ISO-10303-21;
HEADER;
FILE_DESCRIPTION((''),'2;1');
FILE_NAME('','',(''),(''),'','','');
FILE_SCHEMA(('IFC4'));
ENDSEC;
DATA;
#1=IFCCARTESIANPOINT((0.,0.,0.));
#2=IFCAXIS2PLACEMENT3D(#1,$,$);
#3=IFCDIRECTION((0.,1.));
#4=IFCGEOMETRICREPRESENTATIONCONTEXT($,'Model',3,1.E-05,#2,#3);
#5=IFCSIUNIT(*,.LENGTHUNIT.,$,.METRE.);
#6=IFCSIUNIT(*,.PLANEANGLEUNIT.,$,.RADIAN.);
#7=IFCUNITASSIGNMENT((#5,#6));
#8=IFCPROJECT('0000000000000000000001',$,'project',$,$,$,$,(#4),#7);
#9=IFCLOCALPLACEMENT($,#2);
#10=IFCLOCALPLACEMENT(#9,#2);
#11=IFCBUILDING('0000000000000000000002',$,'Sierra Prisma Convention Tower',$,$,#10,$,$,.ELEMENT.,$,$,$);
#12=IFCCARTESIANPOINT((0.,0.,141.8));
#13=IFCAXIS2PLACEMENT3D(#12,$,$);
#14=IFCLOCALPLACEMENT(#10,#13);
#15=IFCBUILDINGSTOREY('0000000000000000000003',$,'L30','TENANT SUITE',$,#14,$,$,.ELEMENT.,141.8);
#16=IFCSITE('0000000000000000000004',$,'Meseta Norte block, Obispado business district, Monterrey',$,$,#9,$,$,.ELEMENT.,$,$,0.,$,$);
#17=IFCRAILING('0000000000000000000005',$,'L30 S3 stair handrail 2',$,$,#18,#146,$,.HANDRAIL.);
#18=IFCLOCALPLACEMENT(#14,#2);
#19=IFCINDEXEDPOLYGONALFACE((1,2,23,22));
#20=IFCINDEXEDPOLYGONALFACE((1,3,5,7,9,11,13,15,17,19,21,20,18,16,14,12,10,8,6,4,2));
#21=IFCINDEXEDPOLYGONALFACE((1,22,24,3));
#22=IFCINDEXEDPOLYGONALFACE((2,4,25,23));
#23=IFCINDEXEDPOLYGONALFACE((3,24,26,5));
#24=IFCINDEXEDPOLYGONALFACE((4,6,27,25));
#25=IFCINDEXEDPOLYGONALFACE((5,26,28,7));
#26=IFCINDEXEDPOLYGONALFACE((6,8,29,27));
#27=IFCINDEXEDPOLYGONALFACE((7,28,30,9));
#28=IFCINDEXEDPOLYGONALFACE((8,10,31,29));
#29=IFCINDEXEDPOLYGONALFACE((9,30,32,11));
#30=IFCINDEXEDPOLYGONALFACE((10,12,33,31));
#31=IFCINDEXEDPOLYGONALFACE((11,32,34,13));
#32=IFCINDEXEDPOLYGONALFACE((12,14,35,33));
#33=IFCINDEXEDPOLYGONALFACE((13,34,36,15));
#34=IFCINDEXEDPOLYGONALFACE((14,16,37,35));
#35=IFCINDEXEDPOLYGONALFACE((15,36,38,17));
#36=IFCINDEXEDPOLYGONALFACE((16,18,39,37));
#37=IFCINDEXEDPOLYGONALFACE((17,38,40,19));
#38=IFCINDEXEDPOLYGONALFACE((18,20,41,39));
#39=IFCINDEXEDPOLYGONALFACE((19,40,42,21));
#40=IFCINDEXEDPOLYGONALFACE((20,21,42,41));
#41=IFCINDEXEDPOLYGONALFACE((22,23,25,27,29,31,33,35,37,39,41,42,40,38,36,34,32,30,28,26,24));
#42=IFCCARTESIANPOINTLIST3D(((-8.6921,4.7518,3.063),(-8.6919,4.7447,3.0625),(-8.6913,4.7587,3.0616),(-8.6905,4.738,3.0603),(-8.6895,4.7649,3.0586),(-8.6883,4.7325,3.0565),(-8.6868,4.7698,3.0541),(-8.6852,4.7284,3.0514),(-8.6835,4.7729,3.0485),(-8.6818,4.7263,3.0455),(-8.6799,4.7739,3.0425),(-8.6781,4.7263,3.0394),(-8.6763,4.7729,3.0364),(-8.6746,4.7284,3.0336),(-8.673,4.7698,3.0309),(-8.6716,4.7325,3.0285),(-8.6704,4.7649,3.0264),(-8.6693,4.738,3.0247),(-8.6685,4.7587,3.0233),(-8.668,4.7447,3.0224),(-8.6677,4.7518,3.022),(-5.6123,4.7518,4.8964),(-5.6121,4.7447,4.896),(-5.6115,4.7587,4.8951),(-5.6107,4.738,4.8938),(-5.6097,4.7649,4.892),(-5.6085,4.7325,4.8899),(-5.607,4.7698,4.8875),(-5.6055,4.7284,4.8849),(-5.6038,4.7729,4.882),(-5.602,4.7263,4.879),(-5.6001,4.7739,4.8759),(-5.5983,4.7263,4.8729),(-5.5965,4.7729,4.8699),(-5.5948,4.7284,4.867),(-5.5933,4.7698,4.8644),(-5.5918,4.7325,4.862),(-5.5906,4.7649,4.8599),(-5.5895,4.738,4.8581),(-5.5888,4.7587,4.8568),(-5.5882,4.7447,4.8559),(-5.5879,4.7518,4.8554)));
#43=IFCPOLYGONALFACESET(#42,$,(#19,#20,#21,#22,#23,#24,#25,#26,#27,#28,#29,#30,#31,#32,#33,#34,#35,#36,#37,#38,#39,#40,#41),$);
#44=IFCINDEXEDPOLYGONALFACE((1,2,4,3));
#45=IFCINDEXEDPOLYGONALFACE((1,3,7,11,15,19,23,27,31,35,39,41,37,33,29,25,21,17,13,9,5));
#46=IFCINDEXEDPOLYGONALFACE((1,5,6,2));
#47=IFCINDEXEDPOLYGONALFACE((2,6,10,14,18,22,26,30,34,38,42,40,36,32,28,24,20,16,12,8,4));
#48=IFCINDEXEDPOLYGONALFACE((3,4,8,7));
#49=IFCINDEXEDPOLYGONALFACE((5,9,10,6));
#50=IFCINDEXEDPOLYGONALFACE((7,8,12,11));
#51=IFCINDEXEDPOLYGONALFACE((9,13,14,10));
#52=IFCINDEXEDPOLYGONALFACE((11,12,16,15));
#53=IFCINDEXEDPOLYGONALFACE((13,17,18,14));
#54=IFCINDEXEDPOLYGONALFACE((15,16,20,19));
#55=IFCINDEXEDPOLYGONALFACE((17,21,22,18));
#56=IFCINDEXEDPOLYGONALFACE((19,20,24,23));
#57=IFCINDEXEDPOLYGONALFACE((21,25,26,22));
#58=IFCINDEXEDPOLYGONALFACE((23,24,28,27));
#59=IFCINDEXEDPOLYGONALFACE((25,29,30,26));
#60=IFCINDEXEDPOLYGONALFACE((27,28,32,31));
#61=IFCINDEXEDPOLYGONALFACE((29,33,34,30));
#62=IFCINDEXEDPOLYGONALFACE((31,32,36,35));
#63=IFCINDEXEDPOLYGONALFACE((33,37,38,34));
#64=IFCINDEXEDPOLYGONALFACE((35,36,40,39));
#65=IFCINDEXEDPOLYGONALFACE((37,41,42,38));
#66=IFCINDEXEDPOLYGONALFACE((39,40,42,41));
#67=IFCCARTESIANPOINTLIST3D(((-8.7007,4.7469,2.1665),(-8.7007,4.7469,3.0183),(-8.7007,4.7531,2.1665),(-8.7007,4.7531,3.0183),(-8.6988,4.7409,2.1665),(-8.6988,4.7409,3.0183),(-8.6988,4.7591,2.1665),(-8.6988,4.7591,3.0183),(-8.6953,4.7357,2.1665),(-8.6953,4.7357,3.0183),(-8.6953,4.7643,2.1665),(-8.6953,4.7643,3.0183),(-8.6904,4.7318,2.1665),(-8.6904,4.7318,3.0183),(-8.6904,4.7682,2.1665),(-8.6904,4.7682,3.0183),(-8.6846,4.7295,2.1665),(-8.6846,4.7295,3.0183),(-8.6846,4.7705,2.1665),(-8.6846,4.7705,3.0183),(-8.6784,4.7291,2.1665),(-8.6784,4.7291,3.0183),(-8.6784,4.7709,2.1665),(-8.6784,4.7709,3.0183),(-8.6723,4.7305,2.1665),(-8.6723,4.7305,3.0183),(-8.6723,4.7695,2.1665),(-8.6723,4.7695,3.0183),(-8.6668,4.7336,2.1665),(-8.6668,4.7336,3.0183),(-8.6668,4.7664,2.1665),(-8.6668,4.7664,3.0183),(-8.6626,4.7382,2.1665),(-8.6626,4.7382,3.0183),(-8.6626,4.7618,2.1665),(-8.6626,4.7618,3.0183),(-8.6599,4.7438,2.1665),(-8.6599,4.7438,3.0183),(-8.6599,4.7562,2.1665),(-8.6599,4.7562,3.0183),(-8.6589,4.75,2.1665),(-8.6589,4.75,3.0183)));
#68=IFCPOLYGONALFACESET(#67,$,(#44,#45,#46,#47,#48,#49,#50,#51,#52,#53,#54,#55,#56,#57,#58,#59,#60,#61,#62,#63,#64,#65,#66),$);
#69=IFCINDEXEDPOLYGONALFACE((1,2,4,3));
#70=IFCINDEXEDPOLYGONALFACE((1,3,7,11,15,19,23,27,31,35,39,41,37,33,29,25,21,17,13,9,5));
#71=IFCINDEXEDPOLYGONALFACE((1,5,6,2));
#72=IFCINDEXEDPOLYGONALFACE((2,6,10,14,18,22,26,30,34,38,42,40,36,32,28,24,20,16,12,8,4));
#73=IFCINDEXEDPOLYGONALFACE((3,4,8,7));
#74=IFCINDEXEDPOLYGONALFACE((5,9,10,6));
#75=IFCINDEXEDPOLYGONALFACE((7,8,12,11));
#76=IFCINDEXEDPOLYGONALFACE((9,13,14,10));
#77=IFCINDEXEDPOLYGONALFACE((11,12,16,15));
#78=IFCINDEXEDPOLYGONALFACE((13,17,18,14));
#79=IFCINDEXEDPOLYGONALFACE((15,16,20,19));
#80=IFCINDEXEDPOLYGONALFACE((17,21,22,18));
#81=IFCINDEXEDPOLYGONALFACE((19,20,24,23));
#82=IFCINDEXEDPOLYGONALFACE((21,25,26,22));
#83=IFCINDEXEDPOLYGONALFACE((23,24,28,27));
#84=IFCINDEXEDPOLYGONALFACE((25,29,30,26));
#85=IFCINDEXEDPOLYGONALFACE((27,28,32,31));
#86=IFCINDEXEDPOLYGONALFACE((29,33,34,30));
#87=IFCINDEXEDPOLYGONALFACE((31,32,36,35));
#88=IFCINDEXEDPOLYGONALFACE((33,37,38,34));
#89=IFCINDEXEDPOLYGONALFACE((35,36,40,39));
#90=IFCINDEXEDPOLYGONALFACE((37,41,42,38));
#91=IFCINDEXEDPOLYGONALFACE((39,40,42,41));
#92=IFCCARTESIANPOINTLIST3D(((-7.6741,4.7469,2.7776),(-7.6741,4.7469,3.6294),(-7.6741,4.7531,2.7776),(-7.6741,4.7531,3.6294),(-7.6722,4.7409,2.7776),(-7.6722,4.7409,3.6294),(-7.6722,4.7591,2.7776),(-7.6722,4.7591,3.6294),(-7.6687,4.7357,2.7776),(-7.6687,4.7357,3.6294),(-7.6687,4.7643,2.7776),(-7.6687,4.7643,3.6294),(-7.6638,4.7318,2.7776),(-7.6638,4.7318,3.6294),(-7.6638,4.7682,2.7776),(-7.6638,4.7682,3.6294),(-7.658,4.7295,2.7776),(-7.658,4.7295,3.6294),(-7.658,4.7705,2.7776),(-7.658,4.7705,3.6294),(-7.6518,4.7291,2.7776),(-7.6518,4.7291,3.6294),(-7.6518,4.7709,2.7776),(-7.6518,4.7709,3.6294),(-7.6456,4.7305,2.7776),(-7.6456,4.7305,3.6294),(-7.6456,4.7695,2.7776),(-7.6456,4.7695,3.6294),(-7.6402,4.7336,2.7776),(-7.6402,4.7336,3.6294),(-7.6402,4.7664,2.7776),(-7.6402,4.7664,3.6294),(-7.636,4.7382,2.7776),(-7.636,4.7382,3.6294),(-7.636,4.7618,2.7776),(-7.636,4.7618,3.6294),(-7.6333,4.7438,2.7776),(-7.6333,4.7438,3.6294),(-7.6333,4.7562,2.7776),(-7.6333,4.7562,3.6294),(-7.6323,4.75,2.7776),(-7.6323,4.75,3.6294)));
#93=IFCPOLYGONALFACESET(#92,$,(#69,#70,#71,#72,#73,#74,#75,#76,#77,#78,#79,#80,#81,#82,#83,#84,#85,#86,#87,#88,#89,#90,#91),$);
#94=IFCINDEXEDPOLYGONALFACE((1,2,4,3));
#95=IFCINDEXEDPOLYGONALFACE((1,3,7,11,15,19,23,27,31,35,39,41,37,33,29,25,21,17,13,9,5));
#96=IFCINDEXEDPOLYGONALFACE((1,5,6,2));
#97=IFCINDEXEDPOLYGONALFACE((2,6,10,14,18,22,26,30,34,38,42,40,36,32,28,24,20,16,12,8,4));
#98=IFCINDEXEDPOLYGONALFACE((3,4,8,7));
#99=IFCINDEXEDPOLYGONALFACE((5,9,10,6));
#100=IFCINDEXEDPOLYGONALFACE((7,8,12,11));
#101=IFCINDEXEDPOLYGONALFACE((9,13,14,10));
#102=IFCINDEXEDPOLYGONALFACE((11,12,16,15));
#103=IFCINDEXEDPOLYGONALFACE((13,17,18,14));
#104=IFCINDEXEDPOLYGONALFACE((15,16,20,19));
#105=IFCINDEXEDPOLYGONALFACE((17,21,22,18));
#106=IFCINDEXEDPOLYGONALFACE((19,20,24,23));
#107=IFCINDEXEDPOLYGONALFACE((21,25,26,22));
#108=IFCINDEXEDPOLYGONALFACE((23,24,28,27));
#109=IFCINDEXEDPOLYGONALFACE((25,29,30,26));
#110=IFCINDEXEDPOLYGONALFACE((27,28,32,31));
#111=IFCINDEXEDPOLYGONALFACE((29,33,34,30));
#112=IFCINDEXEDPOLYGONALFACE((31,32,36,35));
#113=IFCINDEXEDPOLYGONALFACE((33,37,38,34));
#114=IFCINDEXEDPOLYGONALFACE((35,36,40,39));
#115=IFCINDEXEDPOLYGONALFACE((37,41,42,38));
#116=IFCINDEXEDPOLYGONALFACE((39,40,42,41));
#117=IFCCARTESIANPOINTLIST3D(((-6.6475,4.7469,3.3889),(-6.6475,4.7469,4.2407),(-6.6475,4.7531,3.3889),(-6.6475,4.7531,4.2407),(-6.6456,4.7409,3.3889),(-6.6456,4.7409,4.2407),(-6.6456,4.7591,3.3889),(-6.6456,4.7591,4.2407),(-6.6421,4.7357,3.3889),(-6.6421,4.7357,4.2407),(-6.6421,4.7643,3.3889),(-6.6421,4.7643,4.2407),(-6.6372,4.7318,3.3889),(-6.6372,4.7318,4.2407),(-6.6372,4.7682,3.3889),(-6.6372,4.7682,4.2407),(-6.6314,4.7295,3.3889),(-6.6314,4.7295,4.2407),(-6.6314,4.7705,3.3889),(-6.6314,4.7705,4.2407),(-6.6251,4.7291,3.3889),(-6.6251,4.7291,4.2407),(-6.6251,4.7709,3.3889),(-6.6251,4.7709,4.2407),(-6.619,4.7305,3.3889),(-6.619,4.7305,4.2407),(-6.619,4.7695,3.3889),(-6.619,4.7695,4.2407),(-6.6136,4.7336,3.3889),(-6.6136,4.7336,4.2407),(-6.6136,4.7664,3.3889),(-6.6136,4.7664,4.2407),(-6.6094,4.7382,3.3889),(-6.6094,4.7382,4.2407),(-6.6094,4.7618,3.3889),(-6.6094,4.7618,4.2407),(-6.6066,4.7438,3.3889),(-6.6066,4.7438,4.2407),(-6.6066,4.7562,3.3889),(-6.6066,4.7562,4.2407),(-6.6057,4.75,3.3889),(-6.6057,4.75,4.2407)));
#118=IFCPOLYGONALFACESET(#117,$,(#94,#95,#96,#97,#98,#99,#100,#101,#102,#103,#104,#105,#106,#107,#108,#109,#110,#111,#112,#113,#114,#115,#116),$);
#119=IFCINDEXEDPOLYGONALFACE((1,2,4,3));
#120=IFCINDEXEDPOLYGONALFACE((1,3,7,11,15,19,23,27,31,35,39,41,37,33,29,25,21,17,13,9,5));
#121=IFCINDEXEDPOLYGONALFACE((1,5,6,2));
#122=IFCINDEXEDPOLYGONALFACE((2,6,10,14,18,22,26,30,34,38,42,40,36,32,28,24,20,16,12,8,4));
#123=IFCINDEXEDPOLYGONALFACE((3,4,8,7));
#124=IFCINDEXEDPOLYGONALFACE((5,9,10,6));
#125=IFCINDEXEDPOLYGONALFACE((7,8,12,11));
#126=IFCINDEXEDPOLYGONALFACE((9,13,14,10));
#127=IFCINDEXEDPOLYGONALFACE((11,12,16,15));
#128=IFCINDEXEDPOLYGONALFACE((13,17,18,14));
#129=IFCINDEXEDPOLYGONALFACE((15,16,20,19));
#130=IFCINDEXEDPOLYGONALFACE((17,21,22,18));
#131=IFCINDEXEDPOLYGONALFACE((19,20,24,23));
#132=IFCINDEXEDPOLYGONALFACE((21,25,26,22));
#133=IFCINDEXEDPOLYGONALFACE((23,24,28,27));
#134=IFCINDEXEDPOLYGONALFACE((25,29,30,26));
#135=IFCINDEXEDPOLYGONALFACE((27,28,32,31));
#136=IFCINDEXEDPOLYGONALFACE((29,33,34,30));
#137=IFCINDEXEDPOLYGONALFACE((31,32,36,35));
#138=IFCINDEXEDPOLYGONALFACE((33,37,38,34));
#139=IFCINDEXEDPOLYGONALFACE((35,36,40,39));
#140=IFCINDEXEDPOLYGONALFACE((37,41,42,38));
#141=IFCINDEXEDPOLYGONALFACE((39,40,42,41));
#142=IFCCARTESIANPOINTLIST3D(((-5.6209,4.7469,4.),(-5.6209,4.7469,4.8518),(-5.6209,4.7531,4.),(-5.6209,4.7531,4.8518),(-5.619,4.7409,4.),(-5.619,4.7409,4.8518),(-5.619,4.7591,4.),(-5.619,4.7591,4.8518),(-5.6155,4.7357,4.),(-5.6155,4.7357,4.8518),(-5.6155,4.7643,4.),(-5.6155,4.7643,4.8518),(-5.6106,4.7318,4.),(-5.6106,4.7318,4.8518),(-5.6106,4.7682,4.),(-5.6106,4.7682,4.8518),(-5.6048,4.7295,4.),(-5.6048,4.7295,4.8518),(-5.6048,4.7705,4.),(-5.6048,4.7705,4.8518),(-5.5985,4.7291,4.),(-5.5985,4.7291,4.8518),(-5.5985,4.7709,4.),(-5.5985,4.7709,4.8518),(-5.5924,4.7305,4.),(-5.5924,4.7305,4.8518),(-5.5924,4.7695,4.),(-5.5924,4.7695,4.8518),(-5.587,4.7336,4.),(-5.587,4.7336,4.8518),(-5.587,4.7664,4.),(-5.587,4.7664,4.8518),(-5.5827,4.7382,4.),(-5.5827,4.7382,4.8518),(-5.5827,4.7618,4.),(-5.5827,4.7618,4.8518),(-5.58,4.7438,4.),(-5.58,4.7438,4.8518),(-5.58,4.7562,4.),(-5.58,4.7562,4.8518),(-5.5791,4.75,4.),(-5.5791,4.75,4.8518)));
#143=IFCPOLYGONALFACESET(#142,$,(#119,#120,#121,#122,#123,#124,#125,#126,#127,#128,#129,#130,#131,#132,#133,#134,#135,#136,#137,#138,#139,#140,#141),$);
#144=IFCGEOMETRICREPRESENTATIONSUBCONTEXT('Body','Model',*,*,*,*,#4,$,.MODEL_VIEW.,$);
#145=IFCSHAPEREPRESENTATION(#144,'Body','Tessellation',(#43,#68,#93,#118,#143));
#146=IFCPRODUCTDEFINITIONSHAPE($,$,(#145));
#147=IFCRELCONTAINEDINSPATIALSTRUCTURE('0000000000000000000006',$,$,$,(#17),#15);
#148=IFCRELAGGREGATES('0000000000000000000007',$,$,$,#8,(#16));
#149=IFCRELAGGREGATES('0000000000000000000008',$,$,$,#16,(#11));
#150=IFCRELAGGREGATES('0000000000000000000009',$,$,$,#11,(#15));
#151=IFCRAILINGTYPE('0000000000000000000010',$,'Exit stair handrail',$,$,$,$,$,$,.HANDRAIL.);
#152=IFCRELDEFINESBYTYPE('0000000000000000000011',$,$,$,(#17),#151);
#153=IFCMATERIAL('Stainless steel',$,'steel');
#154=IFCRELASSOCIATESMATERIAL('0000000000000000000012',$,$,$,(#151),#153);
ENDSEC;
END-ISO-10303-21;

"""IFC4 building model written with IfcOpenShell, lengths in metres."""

from ifc_helpers import new_model, si_unit, direction, frame, origin, origin_2d, place, context, subcontext, project, spatial, circle, extrude, material, type_object, element, save


model = new_model("IFC4")

# Units and contexts
model_context = context("Model", 3, precision=1e-05, world=origin(), true_north=direction((0.0, 1.0)))
body_context = subcontext(model_context, "Body", "Model", "MODEL_VIEW")
ifc_project = project(units=[si_unit("LENGTHUNIT", "METRE"), si_unit("PLANEANGLEUNIT", "RADIAN")], contexts=[model_context])

# Site, building, storey
site_placement = place(None, origin())
site = spatial("IfcSite", under=ifc_project, at=site_placement, Name="Meseta Norte block, Obispado business district, Monterrey", CompositionType="ELEMENT", RefElevation=0.0)
building_placement = place(site_placement, origin())
building = spatial("IfcBuilding", under=site, at=building_placement, Name="Sierra Prisma Convention Tower", CompositionType="ELEMENT")
storey_placement = place(building_placement, frame((0.0, 0.0, 141.8)))
storey = spatial("IfcBuildingStorey", under=building, at=storey_placement, Name="L30", Description="TENANT SUITE", CompositionType="ELEMENT", Elevation=141.8)

# Railing
ifc_material_1 = material(Name="Stainless steel", Category="steel")
railing_type_1 = type_object("IfcRailingType", Name="Exit stair handrail", PredefinedType="HANDRAIL", material=ifc_material_1)
railing_1_placement = place(storey_placement, frame((-8.6799, 4.75, 2.1665)))
element("IfcRailing", 1, at=railing_1_placement, inside=storey, type_object=railing_type_1, Name="L30 S3 stair handrail 2", PredefinedType="HANDRAIL", context=body_context, shape_type="SweptSolid", body=[
    extrude(circle(Radius=0.0239, at=origin_2d()), frame((0.0, 0.0, 0.876), z_axis=(0.859261, 0.0, 0.511538), x_axis=(0.0, 1.0, 0.0)), (0.0, 0.0, 1.0), 3.5842),
    extrude(circle(Radius=0.021, at=origin_2d()), origin(), (0.0, 0.0, 1.0), 0.8518),
    extrude(circle(Radius=0.021, at=origin_2d()), frame((1.0266, 0.0, 0.6111)), (0.0, 0.0, 1.0), 0.8518),
    extrude(circle(Radius=0.021, at=origin_2d()), frame((2.0532, 0.0, 1.2224)), (0.0, 0.0, 1.0), 0.8518),
    extrude(circle(Radius=0.021, at=origin_2d()), frame((3.0798, 0.0, 1.8335)), (0.0, 0.0, 1.0), 0.8518),
])

save(model, "model.ifc")
